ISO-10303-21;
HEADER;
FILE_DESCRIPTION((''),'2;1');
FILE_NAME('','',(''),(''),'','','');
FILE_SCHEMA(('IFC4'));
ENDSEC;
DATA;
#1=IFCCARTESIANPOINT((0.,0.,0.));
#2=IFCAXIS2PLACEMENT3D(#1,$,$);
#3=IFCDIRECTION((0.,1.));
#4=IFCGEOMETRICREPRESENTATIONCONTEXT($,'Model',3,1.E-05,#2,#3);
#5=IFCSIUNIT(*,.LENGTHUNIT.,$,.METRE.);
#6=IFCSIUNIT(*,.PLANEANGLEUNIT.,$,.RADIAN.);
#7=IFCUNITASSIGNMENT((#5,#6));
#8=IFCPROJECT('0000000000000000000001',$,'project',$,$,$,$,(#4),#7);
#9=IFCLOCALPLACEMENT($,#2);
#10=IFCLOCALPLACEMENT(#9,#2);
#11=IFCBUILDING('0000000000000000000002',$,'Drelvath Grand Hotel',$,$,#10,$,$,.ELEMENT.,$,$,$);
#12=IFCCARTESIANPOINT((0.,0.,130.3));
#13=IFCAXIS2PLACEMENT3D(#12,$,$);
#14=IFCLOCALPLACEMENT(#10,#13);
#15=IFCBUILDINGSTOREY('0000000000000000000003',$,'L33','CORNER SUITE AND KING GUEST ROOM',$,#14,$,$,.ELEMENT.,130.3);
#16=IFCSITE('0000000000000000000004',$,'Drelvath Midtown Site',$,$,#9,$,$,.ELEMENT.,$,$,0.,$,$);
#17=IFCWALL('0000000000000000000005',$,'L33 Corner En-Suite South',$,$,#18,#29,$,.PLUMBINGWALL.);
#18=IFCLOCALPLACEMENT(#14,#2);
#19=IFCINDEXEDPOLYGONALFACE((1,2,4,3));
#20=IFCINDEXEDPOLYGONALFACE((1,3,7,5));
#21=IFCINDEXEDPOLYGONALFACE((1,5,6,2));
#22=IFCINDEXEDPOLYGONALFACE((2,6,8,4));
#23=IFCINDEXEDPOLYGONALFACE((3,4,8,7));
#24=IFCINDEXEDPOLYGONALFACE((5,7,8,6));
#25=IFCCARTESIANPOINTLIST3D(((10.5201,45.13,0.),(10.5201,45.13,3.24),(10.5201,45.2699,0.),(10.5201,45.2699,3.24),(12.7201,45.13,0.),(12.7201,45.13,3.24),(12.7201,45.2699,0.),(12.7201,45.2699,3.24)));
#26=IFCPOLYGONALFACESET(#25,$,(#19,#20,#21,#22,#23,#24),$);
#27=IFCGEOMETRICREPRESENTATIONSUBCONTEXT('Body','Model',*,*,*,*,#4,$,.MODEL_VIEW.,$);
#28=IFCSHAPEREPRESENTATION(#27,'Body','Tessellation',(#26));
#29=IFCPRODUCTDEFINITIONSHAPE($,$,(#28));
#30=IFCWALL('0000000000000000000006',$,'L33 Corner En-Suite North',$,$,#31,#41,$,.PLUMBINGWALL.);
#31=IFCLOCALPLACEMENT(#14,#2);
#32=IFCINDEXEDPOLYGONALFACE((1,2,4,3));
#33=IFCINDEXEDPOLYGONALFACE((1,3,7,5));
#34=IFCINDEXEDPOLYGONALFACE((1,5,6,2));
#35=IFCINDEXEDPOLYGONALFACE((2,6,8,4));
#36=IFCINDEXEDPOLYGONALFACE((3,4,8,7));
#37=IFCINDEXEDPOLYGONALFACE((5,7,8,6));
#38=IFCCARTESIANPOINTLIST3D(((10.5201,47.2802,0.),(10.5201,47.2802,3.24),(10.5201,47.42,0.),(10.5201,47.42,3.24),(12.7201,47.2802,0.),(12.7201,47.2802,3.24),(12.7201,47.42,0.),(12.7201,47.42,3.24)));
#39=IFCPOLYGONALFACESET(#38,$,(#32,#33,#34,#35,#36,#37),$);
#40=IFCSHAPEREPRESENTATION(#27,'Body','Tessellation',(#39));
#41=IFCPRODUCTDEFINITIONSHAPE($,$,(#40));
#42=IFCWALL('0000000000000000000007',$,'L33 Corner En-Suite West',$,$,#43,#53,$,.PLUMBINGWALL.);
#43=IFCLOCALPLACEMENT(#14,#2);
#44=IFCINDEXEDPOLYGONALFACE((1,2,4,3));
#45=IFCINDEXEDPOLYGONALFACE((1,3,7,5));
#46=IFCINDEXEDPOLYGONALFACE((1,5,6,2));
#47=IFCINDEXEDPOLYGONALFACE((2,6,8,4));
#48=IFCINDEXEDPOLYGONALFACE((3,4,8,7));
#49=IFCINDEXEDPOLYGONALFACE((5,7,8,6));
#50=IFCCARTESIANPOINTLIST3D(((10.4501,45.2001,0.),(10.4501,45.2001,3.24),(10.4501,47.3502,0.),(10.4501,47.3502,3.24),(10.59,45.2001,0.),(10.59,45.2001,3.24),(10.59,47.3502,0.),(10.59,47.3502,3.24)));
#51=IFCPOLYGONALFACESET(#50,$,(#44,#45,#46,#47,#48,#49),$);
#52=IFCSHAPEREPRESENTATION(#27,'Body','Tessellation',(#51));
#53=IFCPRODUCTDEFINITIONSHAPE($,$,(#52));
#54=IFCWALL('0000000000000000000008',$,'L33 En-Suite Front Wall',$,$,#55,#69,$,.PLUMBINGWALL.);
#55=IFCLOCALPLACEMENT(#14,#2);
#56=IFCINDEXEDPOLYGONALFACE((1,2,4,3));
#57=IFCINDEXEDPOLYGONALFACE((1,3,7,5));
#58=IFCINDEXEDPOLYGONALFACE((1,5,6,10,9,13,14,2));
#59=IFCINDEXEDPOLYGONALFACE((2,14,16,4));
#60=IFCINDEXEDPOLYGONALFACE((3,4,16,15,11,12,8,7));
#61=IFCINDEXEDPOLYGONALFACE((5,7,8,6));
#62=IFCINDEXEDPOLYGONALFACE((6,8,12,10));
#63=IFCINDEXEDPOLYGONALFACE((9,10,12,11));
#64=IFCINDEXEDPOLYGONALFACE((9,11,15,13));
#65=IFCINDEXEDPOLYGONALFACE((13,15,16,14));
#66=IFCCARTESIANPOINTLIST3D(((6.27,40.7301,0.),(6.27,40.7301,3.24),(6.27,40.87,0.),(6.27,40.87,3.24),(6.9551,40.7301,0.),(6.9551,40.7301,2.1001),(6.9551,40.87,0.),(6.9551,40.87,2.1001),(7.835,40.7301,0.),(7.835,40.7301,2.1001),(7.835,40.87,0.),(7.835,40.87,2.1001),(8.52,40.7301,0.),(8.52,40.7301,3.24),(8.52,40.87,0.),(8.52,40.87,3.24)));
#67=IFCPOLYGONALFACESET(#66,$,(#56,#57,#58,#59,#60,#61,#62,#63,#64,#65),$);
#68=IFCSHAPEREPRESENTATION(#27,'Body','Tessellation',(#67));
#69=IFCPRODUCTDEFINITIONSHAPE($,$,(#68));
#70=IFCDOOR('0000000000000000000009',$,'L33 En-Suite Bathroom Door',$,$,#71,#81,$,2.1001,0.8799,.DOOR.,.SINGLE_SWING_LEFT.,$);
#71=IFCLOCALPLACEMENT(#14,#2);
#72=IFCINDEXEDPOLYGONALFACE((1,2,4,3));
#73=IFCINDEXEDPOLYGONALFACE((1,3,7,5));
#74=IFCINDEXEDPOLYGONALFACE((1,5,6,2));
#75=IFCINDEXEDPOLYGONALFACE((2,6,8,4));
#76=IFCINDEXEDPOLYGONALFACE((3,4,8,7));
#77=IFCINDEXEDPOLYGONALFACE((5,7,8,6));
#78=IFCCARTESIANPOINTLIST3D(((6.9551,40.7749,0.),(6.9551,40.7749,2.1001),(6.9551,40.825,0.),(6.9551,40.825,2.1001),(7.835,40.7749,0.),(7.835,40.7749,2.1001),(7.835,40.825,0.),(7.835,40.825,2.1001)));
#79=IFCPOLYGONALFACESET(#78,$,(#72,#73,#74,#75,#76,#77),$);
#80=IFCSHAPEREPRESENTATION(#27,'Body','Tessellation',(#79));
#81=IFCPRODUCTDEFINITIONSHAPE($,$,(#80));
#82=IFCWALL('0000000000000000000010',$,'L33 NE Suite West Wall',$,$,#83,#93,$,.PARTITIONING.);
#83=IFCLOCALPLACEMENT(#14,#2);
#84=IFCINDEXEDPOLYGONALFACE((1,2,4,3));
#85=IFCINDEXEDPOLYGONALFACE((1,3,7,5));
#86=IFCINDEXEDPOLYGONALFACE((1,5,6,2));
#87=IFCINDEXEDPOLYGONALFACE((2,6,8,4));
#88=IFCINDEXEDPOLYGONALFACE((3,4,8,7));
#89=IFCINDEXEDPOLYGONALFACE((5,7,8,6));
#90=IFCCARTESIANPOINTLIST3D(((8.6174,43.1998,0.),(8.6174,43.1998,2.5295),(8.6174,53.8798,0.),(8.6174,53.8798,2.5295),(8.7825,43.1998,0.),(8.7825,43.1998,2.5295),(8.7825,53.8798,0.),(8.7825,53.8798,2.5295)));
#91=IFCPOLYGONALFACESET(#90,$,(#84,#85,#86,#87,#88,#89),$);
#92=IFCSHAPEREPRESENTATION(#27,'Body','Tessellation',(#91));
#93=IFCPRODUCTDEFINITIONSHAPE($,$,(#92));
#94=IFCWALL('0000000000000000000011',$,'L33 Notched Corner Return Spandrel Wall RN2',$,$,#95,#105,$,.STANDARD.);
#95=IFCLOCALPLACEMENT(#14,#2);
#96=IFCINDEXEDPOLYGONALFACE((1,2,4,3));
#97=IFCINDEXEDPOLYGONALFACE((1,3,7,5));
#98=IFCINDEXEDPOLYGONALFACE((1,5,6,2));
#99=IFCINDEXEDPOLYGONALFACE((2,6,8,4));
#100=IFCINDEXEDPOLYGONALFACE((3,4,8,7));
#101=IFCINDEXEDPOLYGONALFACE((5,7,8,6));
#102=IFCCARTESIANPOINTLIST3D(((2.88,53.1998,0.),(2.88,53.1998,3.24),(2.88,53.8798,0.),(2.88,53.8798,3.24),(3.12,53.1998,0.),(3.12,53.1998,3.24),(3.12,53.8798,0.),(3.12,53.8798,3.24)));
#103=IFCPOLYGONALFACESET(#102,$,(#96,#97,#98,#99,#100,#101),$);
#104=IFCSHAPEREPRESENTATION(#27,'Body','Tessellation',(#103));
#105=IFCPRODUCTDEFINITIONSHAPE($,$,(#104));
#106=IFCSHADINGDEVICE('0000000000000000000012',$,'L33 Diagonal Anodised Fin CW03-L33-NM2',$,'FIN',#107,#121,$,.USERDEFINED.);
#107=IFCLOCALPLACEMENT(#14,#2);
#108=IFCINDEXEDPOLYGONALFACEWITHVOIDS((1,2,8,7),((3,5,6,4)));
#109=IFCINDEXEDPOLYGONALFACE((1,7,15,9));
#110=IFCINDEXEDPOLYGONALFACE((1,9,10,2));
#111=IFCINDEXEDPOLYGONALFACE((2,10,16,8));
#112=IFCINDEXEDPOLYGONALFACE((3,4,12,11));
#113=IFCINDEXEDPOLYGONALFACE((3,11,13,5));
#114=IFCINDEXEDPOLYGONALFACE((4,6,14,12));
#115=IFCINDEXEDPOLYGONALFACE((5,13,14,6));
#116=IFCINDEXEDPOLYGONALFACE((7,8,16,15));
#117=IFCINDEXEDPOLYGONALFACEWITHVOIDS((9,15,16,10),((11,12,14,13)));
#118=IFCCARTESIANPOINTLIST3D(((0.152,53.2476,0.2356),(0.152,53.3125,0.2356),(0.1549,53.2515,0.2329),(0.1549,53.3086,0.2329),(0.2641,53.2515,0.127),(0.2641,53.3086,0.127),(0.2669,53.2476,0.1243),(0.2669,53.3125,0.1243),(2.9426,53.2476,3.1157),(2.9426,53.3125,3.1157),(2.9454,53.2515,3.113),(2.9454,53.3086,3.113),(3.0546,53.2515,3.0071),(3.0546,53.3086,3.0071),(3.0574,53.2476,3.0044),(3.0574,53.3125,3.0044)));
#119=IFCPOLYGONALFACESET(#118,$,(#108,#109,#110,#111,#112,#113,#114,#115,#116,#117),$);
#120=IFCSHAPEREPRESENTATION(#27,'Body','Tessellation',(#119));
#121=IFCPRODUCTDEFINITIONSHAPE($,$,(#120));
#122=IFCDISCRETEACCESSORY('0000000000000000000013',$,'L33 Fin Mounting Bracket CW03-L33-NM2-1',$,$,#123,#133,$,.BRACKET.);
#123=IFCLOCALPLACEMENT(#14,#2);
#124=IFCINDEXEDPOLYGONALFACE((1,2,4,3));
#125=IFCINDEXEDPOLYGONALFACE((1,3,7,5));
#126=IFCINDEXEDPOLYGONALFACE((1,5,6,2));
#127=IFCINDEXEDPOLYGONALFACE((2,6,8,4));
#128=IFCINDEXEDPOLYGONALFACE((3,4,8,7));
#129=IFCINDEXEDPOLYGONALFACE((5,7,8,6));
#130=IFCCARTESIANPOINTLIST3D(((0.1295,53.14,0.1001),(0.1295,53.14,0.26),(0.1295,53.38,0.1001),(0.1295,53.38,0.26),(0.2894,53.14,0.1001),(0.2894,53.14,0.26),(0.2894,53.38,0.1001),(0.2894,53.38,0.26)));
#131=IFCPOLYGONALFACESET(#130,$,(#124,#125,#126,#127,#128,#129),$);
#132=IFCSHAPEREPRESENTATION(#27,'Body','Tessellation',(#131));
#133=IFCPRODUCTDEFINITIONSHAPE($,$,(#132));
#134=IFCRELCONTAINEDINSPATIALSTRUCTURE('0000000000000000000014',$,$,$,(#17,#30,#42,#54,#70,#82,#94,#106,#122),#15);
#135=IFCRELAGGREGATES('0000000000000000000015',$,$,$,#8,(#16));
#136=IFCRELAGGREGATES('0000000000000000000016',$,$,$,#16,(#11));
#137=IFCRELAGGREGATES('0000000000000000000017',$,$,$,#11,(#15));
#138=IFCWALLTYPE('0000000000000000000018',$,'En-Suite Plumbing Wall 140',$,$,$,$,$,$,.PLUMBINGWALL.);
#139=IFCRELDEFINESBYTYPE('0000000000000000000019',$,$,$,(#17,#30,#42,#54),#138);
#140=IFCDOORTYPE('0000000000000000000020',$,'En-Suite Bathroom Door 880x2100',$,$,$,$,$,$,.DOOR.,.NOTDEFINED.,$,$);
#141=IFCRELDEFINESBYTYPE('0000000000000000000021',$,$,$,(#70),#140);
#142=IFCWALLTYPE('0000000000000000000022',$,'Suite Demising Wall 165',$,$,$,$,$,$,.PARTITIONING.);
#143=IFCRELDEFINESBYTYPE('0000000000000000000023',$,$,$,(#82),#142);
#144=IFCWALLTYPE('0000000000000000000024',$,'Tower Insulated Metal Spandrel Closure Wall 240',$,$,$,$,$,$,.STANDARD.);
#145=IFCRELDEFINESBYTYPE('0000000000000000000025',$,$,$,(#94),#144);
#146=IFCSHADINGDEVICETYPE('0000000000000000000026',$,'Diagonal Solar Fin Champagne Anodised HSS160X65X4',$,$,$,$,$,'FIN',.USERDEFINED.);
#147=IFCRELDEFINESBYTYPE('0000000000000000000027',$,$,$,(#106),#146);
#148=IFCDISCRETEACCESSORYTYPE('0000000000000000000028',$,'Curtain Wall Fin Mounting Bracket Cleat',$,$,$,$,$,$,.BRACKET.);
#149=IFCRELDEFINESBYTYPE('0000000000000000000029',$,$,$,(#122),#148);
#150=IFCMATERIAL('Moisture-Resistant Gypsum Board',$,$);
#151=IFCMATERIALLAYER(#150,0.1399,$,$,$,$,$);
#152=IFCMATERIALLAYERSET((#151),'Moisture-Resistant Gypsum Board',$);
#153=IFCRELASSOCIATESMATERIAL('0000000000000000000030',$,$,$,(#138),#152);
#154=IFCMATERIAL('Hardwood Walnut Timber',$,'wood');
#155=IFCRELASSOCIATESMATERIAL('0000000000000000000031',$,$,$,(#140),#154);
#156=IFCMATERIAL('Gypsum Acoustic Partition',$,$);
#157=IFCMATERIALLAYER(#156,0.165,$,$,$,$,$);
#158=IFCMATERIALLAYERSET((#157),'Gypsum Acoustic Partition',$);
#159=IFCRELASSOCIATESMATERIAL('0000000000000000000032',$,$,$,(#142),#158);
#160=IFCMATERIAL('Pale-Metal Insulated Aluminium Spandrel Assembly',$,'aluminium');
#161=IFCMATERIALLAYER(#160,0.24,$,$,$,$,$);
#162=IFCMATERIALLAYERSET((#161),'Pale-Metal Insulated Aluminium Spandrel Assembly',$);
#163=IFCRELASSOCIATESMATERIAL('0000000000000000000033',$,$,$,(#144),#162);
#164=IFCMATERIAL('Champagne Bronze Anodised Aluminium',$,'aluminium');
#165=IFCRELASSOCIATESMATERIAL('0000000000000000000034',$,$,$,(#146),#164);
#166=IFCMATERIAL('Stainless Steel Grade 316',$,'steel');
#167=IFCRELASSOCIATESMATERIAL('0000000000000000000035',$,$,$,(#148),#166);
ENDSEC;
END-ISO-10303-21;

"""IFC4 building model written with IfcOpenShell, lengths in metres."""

from ifc_helpers import new_model, si_unit, direction, frame, frame_2d, origin, origin_2d, place, context, subcontext, project, spatial, rectangle, hollow_rectangle, extrude, material, layer, layer_set, material_profile, profile_set, type_object, element, fill, save


model = new_model("IFC4")

# Units and contexts
model_context = context("Model", 3, precision=1e-05, world=origin(), true_north=direction((0.0, 1.0)))
body_context = subcontext(model_context, "Body", "Model", "MODEL_VIEW")
ifc_project = project(units=[si_unit("LENGTHUNIT", "METRE"), si_unit("PLANEANGLEUNIT", "RADIAN")], contexts=[model_context])

# Site, building, storey
site_placement = place(None, origin())
site = spatial("IfcSite", under=ifc_project, at=site_placement, Name="Drelvath Midtown Site", CompositionType="ELEMENT", RefElevation=0.0)
building_placement = place(site_placement, origin())
building = spatial("IfcBuilding", under=site, at=building_placement, Name="Drelvath Grand Hotel", CompositionType="ELEMENT")
storey_placement = place(building_placement, frame((0.0, 0.0, 130.3)))
storey = spatial("IfcBuildingStorey", under=building, at=storey_placement, Name="L33", Description="CORNER SUITE AND KING GUEST ROOM", CompositionType="ELEMENT", Elevation=130.3)

# Shared definitions
ifc_material_1 = material(Name="Hardwood Walnut Timber", Category="wood")

# Walls
ifc_material_2 = material(Name="Moisture-Resistant Gypsum Board")
ifc_layer_1 = layer(ifc_material_2, 0.1399)
ifc_layer_set_1 = layer_set([ifc_layer_1], Name="Moisture-Resistant Gypsum Board")
wall_type_1 = type_object("IfcWallType", Name="En-Suite Plumbing Wall 140", PredefinedType="PLUMBINGWALL", material=ifc_layer_set_1)
for number, where, z_axis, x_axis, name in (
    (1, (10.52, 45.2, 0.0), (0.0, 0.0, 1.0), (1.0, 0.0, 0.0), "L33 Corner En-Suite South"),
    (2, (10.52, 47.3501, 0.0), (0.0, 0.0, 1.0), (1.0, 0.0, 0.0), "L33 Corner En-Suite North"),
):
    element("IfcWall", number, at=place(storey_placement, frame(where, z_axis=z_axis, x_axis=x_axis)), inside=storey, type_object=wall_type_1, Name=name, PredefinedType="PLUMBINGWALL", context=body_context, shape_type="SweptSolid", body=[
        extrude(rectangle(XDim=2.2, YDim=0.1399, at=frame_2d((1.1001, 0.0))), origin(), (0.0, 0.0, 1.0), 3.24),
    ])
wall_1_placement = place(storey_placement, frame((10.52, 45.2, 0.0), z_axis=(0.0, 0.0, 1.0), x_axis=(0.0, 1.0, 0.0)))
element("IfcWall", 3, at=wall_1_placement, inside=storey, type_object=wall_type_1, Name="L33 Corner En-Suite West", PredefinedType="PLUMBINGWALL", context=body_context, shape_type="SweptSolid", body=[
    extrude(rectangle(XDim=2.1501, YDim=0.1399, at=frame_2d((1.0752, 0.0))), origin(), (0.0, 0.0, 1.0), 3.24),
])

# Wall, opening, door
wall_2_placement = place(storey_placement, frame((6.27, 40.8, 0.0), z_axis=(0.0, 0.0, 1.0), x_axis=(1.0, 0.0, 0.0)))
wall_2 = element("IfcWall", 4, at=wall_2_placement, inside=storey, type_object=wall_type_1, Name="L33 En-Suite Front Wall", PredefinedType="PLUMBINGWALL", context=body_context, shape_type="SweptSolid", body=[
    extrude(rectangle(XDim=2.25, YDim=0.1399, at=frame_2d((1.125, 0.0))), origin(), (0.0, 0.0, 1.0), 3.24),
])
opening_1_placement = place(wall_2_placement, frame((0.6851, 0.0, 0.0)))
opening_1 = element("IfcOpeningElement", 5, at=opening_1_placement, cuts=wall_2, PredefinedType="OPENING", context=body_context, shape_type="SweptSolid", body=[
    extrude(rectangle(XDim=0.8799, YDim=2.1001, at=frame_2d((0.4399, 1.05))), frame((0.0, 0.0798, 0.0), z_axis=(0.0, -1.0, 0.0), x_axis=(1.0, 0.0, 0.0)), (0.0, 0.0, 1.0), 0.1599),
])
door_type_1 = type_object("IfcDoorType", Name="En-Suite Bathroom Door 880x2100", OperationType="NOTDEFINED", PredefinedType="DOOR", material=ifc_material_1)
door_1_placement = place(opening_1_placement, origin())
door_1 = element("IfcDoor", 6, at=door_1_placement, inside=storey, type_object=door_type_1, Name="L33 En-Suite Bathroom Door", OperationType="SINGLE_SWING_LEFT", OverallHeight=2.1001, OverallWidth=0.8799, PredefinedType="DOOR", context=body_context, shape_type="SweptSolid", body=[
    extrude(rectangle(XDim=0.8799, YDim=2.1001, at=frame_2d((0.4399, 1.05))), frame((0.0, 0.0249, 0.0), z_axis=(0.0, -1.0, 0.0), x_axis=(1.0, 0.0, 0.0)), (0.0, 0.0, 1.0), 0.05),
])
fill(opening_1, door_1)

# Walls
ifc_material_3 = material(Name="Gypsum Acoustic Partition")
ifc_layer_2 = layer(ifc_material_3, 0.165)
ifc_layer_set_2 = layer_set([ifc_layer_2], Name="Gypsum Acoustic Partition")
wall_type_2 = type_object("IfcWallType", Name="Suite Demising Wall 165", PredefinedType="PARTITIONING", material=ifc_layer_set_2)
wall_3_placement = place(storey_placement, frame((8.7, 43.2, 0.0), z_axis=(0.0, 0.0, 1.0), x_axis=(0.0, 1.0, 0.0)))
element("IfcWall", 7, at=wall_3_placement, inside=storey, type_object=wall_type_2, Name="L33 NE Suite West Wall", PredefinedType="PARTITIONING", context=body_context, shape_type="SweptSolid", body=[
    extrude(rectangle(XDim=10.6799, YDim=0.165, at=frame_2d((5.3398, 0.0))), origin(), (0.0, 0.0, 1.0), 2.5295),
])
ifc_material_4 = material(Name="Pale-Metal Insulated Aluminium Spandrel Assembly", Category="aluminium")
ifc_layer_3 = layer(ifc_material_4, 0.24)
ifc_layer_set_3 = layer_set([ifc_layer_3], Name="Pale-Metal Insulated Aluminium Spandrel Assembly")
wall_type_3 = type_object("IfcWallType", Name="Tower Insulated Metal Spandrel Closure Wall 240", PredefinedType="STANDARD", material=ifc_layer_set_3)
wall_4_placement = place(storey_placement, frame((3.0, 53.2, 0.0), z_axis=(0.0, 0.0, 1.0), x_axis=(0.0, 1.0, 0.0)))
element("IfcWall", 8, at=wall_4_placement, inside=storey, type_object=wall_type_3, Name="L33 Notched Corner Return Spandrel Wall RN2", PredefinedType="STANDARD", context=body_context, shape_type="SweptSolid", body=[
    extrude(rectangle(XDim=0.6799, YDim=0.24, at=frame_2d((0.3398, 0.0))), origin(), (0.0, 0.0, 1.0), 3.24),
])

# Shading device
ifc_material_5 = material(Name="Champagne Bronze Anodised Aluminium", Category="aluminium")
ifc_material_profile_1 = material_profile(ifc_material_5, hollow_rectangle(XDim=0.0649, YDim=0.1599, WallThickness=0.0039, at=origin_2d()), Name="HSS160X65X4")
ifc_profile_set_1 = profile_set([ifc_material_profile_1], Name="Champagne Bronze Anodised Aluminium")
shading_device_type = type_object("IfcShadingDeviceType", Name="Diagonal Solar Fin Champagne Anodised HSS160X65X4", ElementType="FIN", PredefinedType="USERDEFINED", material=ifc_profile_set_1)
shading_device_placement = place(storey_placement, frame((0.2095, 53.28, 0.1799), z_axis=(0.695847, 0.0, 0.71819), x_axis=(0.0, 1.0, 0.0)))
element("IfcShadingDevice", 9, at=shading_device_placement, inside=storey, type_object=shading_device_type, Name="L33 Diagonal Anodised Fin CW03-L33-NM2", ObjectType="FIN", PredefinedType="USERDEFINED", context=body_context, shape_type="SweptSolid", body=[
    extrude(hollow_rectangle(XDim=0.0649, YDim=0.1599, WallThickness=0.0039, at=origin_2d()), origin(), (0.0, 0.0, 1.0), 4.0103),
])

# Discrete accessory
ifc_material_6 = material(Name="Stainless Steel Grade 316", Category="steel")
discrete_accessory_type = type_object("IfcDiscreteAccessoryType", Name="Curtain Wall Fin Mounting Bracket Cleat", PredefinedType="BRACKET", material=ifc_material_6)
discrete_accessory_placement = place(storey_placement, frame((0.2095, 53.26, 0.1001), z_axis=(0.0, 0.0, 1.0), x_axis=(1.0, 0.0, 0.0)))
element("IfcDiscreteAccessory", 10, at=discrete_accessory_placement, inside=storey, type_object=discrete_accessory_type, Name="L33 Fin Mounting Bracket CW03-L33-NM2-1", PredefinedType="BRACKET", context=body_context, shape_type="SweptSolid", body=[
    extrude(rectangle(XDim=0.1599, YDim=0.24, at=origin_2d()), origin(), (0.0, 0.0, 1.0), 0.1599),
])

save(model, "model.ifc")
